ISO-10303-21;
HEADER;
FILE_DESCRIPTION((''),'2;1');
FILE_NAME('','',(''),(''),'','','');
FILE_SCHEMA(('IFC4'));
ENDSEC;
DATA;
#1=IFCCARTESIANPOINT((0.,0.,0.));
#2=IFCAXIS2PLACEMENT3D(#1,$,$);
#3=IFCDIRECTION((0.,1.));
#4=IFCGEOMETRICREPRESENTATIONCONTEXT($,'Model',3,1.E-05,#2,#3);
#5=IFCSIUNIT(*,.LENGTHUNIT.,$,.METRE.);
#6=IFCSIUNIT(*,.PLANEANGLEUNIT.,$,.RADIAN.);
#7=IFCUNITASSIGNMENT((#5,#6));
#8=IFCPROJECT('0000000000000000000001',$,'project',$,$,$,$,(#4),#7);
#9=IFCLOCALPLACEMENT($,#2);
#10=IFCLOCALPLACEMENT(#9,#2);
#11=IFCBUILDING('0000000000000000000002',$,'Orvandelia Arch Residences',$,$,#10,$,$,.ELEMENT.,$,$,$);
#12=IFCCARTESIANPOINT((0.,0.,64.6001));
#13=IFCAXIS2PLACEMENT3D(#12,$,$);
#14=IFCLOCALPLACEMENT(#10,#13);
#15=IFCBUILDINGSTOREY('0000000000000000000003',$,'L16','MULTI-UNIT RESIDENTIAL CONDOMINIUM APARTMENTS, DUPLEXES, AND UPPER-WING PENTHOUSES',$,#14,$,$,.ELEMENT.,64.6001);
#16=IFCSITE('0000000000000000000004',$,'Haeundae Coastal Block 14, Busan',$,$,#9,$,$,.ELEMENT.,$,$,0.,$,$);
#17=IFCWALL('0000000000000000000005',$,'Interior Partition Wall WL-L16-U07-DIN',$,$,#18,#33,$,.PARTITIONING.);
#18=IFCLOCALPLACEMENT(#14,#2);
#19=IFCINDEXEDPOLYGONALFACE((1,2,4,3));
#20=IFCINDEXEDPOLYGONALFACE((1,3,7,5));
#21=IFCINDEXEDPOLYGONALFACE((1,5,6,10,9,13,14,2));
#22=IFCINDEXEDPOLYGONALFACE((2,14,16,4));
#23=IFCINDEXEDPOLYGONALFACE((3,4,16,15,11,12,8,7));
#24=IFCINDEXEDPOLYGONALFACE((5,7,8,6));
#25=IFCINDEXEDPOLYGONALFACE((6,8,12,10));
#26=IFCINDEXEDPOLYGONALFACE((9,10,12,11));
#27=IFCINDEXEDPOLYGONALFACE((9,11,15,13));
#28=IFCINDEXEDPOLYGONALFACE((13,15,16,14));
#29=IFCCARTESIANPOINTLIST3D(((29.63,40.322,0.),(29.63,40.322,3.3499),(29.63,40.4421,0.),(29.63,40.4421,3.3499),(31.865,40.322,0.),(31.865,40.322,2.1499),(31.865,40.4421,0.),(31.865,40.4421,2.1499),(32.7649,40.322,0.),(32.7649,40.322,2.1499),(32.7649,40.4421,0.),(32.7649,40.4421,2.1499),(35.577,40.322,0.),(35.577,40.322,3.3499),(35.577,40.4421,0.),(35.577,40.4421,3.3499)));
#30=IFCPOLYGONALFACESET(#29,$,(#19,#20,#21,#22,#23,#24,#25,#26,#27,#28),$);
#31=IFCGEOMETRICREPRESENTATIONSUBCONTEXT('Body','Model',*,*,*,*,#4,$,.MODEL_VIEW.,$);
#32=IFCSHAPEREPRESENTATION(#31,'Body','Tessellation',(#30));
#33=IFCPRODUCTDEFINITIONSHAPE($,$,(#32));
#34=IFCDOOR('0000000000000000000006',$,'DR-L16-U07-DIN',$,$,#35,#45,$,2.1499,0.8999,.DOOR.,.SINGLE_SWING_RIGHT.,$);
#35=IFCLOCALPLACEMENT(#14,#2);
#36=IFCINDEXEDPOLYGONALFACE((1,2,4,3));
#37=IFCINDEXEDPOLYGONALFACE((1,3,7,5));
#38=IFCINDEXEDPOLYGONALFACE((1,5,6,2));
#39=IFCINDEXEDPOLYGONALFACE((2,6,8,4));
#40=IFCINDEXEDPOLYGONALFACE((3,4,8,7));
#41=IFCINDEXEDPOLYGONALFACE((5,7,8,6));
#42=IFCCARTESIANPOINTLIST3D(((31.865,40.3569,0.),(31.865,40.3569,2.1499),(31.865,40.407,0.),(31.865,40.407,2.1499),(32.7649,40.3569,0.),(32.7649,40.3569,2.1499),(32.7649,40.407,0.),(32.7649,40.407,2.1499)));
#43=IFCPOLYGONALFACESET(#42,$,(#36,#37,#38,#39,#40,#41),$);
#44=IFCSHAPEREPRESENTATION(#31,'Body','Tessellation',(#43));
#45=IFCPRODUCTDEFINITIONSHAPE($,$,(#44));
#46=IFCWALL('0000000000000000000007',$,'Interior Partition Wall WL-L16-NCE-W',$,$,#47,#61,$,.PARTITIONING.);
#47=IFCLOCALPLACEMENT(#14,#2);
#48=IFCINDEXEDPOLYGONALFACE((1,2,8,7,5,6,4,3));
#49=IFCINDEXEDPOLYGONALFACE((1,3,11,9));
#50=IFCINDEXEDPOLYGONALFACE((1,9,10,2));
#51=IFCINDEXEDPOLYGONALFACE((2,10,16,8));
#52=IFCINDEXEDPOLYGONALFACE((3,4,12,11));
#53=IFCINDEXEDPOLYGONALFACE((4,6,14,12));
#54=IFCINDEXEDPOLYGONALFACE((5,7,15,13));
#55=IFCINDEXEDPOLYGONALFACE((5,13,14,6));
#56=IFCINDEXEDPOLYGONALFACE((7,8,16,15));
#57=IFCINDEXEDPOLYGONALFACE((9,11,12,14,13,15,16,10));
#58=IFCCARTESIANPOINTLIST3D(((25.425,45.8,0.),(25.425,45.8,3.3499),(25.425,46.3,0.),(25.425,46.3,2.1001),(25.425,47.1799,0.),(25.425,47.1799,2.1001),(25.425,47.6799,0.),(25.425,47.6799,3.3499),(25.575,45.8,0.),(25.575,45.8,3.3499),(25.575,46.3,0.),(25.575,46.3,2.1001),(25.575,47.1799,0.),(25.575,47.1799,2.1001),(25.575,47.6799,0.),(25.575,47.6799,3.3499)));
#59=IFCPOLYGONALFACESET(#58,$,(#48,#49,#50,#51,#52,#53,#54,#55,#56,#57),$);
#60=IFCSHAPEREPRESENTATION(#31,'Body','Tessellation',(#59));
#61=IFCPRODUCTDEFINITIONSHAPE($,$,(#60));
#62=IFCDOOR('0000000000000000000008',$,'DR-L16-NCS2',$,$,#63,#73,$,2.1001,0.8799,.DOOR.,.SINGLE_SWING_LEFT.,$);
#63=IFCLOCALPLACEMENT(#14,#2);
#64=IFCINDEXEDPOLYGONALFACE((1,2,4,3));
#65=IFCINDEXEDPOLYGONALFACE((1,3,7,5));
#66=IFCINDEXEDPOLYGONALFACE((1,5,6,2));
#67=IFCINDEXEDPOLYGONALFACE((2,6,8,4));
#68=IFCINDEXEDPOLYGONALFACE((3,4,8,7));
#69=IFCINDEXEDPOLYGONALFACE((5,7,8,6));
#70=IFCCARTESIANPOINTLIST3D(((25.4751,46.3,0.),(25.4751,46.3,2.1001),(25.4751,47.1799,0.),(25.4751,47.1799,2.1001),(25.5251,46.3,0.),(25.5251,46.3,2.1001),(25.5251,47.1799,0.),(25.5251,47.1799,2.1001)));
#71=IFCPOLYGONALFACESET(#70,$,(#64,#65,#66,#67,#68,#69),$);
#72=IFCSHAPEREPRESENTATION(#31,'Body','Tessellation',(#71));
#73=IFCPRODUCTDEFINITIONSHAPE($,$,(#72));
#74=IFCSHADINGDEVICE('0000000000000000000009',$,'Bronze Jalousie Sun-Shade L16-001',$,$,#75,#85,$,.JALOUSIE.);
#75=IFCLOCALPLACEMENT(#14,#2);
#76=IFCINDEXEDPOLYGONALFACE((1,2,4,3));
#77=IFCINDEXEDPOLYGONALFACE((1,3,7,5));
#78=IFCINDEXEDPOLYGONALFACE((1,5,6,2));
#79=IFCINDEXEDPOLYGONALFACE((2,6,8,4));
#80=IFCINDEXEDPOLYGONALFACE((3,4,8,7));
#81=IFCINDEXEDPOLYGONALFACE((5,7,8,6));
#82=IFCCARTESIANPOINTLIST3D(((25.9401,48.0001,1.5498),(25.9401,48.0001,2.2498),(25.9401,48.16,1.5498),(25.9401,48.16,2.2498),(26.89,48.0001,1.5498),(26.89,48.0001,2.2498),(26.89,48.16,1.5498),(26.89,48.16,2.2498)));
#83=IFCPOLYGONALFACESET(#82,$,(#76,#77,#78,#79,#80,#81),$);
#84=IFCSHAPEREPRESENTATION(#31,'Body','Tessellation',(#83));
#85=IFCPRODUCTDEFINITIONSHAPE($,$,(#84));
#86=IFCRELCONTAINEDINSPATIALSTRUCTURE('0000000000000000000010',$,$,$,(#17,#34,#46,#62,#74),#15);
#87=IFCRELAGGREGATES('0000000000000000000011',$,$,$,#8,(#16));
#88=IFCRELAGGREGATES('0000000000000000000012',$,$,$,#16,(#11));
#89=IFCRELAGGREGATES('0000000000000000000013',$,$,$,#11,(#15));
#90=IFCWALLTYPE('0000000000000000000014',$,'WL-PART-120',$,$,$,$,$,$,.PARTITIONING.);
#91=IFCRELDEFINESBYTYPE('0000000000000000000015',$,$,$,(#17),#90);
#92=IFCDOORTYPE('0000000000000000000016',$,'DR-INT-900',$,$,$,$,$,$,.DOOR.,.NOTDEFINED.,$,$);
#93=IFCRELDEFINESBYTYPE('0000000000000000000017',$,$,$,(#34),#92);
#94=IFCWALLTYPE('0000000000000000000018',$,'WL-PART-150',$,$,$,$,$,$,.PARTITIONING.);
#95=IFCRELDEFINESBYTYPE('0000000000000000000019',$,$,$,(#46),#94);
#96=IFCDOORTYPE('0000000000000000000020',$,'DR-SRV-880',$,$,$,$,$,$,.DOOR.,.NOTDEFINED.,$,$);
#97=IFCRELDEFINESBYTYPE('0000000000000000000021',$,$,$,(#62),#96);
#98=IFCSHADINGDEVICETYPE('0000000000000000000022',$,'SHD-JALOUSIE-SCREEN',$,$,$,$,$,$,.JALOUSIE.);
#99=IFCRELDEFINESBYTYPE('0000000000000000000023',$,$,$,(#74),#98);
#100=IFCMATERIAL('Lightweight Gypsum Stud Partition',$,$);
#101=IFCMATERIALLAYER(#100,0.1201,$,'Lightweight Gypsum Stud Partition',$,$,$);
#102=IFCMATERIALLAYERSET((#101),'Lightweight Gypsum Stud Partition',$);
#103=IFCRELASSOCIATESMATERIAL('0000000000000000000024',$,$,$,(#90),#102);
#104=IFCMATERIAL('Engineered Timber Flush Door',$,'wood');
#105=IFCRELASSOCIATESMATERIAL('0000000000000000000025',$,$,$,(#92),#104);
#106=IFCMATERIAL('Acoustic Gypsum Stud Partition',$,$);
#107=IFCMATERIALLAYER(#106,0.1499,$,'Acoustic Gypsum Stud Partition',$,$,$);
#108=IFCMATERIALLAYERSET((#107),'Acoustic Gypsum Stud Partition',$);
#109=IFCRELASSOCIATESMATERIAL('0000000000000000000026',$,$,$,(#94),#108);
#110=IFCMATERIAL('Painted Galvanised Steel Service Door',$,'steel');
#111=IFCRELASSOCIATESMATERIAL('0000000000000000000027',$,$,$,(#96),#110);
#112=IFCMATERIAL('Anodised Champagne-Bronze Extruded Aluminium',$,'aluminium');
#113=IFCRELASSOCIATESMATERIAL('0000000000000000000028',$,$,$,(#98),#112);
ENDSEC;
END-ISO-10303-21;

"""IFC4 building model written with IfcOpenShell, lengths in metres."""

from ifc_helpers import new_model, si_unit, direction, frame, frame_2d, origin, origin_2d, place, context, subcontext, project, spatial, rectangle, extrude, material, layer, layer_set, type_object, element, fill, save


model = new_model("IFC4")

# Units and contexts
model_context = context("Model", 3, precision=1e-05, world=origin(), true_north=direction((0.0, 1.0)))
body_context = subcontext(model_context, "Body", "Model", "MODEL_VIEW")
ifc_project = project(units=[si_unit("LENGTHUNIT", "METRE"), si_unit("PLANEANGLEUNIT", "RADIAN")], contexts=[model_context])

# Site, building, storey
site_placement = place(None, origin())
site = spatial("IfcSite", under=ifc_project, at=site_placement, Name="Haeundae Coastal Block 14, Busan", CompositionType="ELEMENT", RefElevation=0.0)
building_placement = place(site_placement, origin())
building = spatial("IfcBuilding", under=site, at=building_placement, Name="Orvandelia Arch Residences", CompositionType="ELEMENT")
storey_placement = place(building_placement, frame((0.0, 0.0, 64.6001)))
storey = spatial("IfcBuildingStorey", under=building, at=storey_placement, Name="L16", Description="MULTI-UNIT RESIDENTIAL CONDOMINIUM APARTMENTS, DUPLEXES, AND UPPER-WING PENTHOUSES", CompositionType="ELEMENT", Elevation=64.6001)

# Walls, openings, doors
ifc_material_1 = material(Name="Lightweight Gypsum Stud Partition")
ifc_layer_1 = layer(ifc_material_1, 0.1201, Name="Lightweight Gypsum Stud Partition")
ifc_layer_set_1 = layer_set([ifc_layer_1], Name="Lightweight Gypsum Stud Partition")
wall_type_1 = type_object("IfcWallType", Name="WL-PART-120", PredefinedType="PARTITIONING", material=ifc_layer_set_1)
wall_1_placement = place(storey_placement, frame((29.6299, 40.3821, 0.0), z_axis=(0.0, 0.0, 1.0), x_axis=(1.0, 0.0, 0.0)))
wall_1 = element("IfcWall", 1, at=wall_1_placement, inside=storey, type_object=wall_type_1, Name="Interior Partition Wall WL-L16-U07-DIN", PredefinedType="PARTITIONING", context=body_context, shape_type="SweptSolid", body=[
    extrude(rectangle(XDim=5.947, YDim=0.1201, at=frame_2d((2.9736, 0.0))), origin(), (0.0, 0.0, 1.0), 3.3499),
])
opening_1_placement = place(wall_1_placement, frame((2.2351, 0.0, 0.0)))
opening_1 = element("IfcOpeningElement", 2, at=opening_1_placement, cuts=wall_1, PredefinedType="OPENING", context=body_context, shape_type="SweptSolid", body=[
    extrude(rectangle(XDim=0.8999, YDim=2.1499, at=frame_2d((0.45, 1.075))), frame((0.0, 0.0701, 0.0), z_axis=(0.0, -1.0, 0.0), x_axis=(1.0, 0.0, 0.0)), (0.0, 0.0, 1.0), 0.1401),
])
ifc_material_2 = material(Name="Engineered Timber Flush Door", Category="wood")
door_type_1 = type_object("IfcDoorType", Name="DR-INT-900", OperationType="NOTDEFINED", PredefinedType="DOOR", material=ifc_material_2)
door_1_placement = place(opening_1_placement, origin())
door_1 = element("IfcDoor", 3, at=door_1_placement, inside=storey, type_object=door_type_1, Name="DR-L16-U07-DIN", OperationType="SINGLE_SWING_RIGHT", OverallHeight=2.1499, OverallWidth=0.8999, PredefinedType="DOOR", context=body_context, shape_type="SweptSolid", body=[
    extrude(rectangle(XDim=0.8999, YDim=2.1499, at=frame_2d((0.45, 1.075))), frame((0.0, 0.0249, 0.0), z_axis=(0.0, -1.0, 0.0), x_axis=(1.0, 0.0, 0.0)), (0.0, 0.0, 1.0), 0.05),
])
fill(opening_1, door_1)
ifc_material_3 = material(Name="Acoustic Gypsum Stud Partition")
ifc_layer_2 = layer(ifc_material_3, 0.1499, Name="Acoustic Gypsum Stud Partition")
ifc_layer_set_2 = layer_set([ifc_layer_2], Name="Acoustic Gypsum Stud Partition")
wall_type_2 = type_object("IfcWallType", Name="WL-PART-150", PredefinedType="PARTITIONING", material=ifc_layer_set_2)
wall_2_placement = place(storey_placement, frame((25.5, 45.8, 0.0), z_axis=(0.0, 0.0, 1.0), x_axis=(0.0, 1.0, 0.0)))
wall_2 = element("IfcWall", 4, at=wall_2_placement, inside=storey, type_object=wall_type_2, Name="Interior Partition Wall WL-L16-NCE-W", PredefinedType="PARTITIONING", context=body_context, shape_type="SweptSolid", body=[
    extrude(rectangle(XDim=1.8799, YDim=0.1499, at=frame_2d((0.9399, 0.0))), origin(), (0.0, 0.0, 1.0), 3.3499),
])
opening_2_placement = place(wall_2_placement, frame((0.5, 0.0, 0.0)))
opening_2 = element("IfcOpeningElement", 5, at=opening_2_placement, cuts=wall_2, PredefinedType="OPENING", context=body_context, shape_type="SweptSolid", body=[
    extrude(rectangle(XDim=0.8799, YDim=2.1001, at=frame_2d((0.4399, 1.05))), frame((0.0, 0.085, 0.0), z_axis=(0.0, -1.0, 0.0), x_axis=(1.0, 0.0, 0.0)), (0.0, 0.0, 1.0), 0.1699),
])
ifc_material_4 = material(Name="Painted Galvanised Steel Service Door", Category="steel")
door_type_2 = type_object("IfcDoorType", Name="DR-SRV-880", OperationType="NOTDEFINED", PredefinedType="DOOR", material=ifc_material_4)
door_2_placement = place(opening_2_placement, origin())
door_2 = element("IfcDoor", 6, at=door_2_placement, inside=storey, type_object=door_type_2, Name="DR-L16-NCS2", OperationType="SINGLE_SWING_LEFT", OverallHeight=2.1001, OverallWidth=0.8799, PredefinedType="DOOR", context=body_context, shape_type="SweptSolid", body=[
    extrude(rectangle(XDim=0.8799, YDim=2.1001, at=frame_2d((0.4399, 1.05))), frame((0.0, 0.0249, 0.0), z_axis=(0.0, -1.0, 0.0), x_axis=(1.0, 0.0, 0.0)), (0.0, 0.0, 1.0), 0.05),
])
fill(opening_2, door_2)

# Shading device
ifc_material_5 = material(Name="Anodised Champagne-Bronze Extruded Aluminium", Category="aluminium")
shading_device_type = type_object("IfcShadingDeviceType", Name="SHD-JALOUSIE-SCREEN", PredefinedType="JALOUSIE", material=ifc_material_5)
shading_device_placement = place(storey_placement, frame((26.415, 48.0801, 1.5498), z_axis=(0.0, 0.0, 1.0), x_axis=(1.0, 0.0, 0.0)))
element("IfcShadingDevice", 7, at=shading_device_placement, inside=storey, type_object=shading_device_type, Name="Bronze Jalousie Sun-Shade L16-001", PredefinedType="JALOUSIE", context=body_context, shape_type="SweptSolid", body=[
    extrude(rectangle(XDim=0.95, YDim=0.1599, at=origin_2d()), origin(), (0.0, 0.0, 1.0), 0.7),
])

save(model, "model.ifc")
